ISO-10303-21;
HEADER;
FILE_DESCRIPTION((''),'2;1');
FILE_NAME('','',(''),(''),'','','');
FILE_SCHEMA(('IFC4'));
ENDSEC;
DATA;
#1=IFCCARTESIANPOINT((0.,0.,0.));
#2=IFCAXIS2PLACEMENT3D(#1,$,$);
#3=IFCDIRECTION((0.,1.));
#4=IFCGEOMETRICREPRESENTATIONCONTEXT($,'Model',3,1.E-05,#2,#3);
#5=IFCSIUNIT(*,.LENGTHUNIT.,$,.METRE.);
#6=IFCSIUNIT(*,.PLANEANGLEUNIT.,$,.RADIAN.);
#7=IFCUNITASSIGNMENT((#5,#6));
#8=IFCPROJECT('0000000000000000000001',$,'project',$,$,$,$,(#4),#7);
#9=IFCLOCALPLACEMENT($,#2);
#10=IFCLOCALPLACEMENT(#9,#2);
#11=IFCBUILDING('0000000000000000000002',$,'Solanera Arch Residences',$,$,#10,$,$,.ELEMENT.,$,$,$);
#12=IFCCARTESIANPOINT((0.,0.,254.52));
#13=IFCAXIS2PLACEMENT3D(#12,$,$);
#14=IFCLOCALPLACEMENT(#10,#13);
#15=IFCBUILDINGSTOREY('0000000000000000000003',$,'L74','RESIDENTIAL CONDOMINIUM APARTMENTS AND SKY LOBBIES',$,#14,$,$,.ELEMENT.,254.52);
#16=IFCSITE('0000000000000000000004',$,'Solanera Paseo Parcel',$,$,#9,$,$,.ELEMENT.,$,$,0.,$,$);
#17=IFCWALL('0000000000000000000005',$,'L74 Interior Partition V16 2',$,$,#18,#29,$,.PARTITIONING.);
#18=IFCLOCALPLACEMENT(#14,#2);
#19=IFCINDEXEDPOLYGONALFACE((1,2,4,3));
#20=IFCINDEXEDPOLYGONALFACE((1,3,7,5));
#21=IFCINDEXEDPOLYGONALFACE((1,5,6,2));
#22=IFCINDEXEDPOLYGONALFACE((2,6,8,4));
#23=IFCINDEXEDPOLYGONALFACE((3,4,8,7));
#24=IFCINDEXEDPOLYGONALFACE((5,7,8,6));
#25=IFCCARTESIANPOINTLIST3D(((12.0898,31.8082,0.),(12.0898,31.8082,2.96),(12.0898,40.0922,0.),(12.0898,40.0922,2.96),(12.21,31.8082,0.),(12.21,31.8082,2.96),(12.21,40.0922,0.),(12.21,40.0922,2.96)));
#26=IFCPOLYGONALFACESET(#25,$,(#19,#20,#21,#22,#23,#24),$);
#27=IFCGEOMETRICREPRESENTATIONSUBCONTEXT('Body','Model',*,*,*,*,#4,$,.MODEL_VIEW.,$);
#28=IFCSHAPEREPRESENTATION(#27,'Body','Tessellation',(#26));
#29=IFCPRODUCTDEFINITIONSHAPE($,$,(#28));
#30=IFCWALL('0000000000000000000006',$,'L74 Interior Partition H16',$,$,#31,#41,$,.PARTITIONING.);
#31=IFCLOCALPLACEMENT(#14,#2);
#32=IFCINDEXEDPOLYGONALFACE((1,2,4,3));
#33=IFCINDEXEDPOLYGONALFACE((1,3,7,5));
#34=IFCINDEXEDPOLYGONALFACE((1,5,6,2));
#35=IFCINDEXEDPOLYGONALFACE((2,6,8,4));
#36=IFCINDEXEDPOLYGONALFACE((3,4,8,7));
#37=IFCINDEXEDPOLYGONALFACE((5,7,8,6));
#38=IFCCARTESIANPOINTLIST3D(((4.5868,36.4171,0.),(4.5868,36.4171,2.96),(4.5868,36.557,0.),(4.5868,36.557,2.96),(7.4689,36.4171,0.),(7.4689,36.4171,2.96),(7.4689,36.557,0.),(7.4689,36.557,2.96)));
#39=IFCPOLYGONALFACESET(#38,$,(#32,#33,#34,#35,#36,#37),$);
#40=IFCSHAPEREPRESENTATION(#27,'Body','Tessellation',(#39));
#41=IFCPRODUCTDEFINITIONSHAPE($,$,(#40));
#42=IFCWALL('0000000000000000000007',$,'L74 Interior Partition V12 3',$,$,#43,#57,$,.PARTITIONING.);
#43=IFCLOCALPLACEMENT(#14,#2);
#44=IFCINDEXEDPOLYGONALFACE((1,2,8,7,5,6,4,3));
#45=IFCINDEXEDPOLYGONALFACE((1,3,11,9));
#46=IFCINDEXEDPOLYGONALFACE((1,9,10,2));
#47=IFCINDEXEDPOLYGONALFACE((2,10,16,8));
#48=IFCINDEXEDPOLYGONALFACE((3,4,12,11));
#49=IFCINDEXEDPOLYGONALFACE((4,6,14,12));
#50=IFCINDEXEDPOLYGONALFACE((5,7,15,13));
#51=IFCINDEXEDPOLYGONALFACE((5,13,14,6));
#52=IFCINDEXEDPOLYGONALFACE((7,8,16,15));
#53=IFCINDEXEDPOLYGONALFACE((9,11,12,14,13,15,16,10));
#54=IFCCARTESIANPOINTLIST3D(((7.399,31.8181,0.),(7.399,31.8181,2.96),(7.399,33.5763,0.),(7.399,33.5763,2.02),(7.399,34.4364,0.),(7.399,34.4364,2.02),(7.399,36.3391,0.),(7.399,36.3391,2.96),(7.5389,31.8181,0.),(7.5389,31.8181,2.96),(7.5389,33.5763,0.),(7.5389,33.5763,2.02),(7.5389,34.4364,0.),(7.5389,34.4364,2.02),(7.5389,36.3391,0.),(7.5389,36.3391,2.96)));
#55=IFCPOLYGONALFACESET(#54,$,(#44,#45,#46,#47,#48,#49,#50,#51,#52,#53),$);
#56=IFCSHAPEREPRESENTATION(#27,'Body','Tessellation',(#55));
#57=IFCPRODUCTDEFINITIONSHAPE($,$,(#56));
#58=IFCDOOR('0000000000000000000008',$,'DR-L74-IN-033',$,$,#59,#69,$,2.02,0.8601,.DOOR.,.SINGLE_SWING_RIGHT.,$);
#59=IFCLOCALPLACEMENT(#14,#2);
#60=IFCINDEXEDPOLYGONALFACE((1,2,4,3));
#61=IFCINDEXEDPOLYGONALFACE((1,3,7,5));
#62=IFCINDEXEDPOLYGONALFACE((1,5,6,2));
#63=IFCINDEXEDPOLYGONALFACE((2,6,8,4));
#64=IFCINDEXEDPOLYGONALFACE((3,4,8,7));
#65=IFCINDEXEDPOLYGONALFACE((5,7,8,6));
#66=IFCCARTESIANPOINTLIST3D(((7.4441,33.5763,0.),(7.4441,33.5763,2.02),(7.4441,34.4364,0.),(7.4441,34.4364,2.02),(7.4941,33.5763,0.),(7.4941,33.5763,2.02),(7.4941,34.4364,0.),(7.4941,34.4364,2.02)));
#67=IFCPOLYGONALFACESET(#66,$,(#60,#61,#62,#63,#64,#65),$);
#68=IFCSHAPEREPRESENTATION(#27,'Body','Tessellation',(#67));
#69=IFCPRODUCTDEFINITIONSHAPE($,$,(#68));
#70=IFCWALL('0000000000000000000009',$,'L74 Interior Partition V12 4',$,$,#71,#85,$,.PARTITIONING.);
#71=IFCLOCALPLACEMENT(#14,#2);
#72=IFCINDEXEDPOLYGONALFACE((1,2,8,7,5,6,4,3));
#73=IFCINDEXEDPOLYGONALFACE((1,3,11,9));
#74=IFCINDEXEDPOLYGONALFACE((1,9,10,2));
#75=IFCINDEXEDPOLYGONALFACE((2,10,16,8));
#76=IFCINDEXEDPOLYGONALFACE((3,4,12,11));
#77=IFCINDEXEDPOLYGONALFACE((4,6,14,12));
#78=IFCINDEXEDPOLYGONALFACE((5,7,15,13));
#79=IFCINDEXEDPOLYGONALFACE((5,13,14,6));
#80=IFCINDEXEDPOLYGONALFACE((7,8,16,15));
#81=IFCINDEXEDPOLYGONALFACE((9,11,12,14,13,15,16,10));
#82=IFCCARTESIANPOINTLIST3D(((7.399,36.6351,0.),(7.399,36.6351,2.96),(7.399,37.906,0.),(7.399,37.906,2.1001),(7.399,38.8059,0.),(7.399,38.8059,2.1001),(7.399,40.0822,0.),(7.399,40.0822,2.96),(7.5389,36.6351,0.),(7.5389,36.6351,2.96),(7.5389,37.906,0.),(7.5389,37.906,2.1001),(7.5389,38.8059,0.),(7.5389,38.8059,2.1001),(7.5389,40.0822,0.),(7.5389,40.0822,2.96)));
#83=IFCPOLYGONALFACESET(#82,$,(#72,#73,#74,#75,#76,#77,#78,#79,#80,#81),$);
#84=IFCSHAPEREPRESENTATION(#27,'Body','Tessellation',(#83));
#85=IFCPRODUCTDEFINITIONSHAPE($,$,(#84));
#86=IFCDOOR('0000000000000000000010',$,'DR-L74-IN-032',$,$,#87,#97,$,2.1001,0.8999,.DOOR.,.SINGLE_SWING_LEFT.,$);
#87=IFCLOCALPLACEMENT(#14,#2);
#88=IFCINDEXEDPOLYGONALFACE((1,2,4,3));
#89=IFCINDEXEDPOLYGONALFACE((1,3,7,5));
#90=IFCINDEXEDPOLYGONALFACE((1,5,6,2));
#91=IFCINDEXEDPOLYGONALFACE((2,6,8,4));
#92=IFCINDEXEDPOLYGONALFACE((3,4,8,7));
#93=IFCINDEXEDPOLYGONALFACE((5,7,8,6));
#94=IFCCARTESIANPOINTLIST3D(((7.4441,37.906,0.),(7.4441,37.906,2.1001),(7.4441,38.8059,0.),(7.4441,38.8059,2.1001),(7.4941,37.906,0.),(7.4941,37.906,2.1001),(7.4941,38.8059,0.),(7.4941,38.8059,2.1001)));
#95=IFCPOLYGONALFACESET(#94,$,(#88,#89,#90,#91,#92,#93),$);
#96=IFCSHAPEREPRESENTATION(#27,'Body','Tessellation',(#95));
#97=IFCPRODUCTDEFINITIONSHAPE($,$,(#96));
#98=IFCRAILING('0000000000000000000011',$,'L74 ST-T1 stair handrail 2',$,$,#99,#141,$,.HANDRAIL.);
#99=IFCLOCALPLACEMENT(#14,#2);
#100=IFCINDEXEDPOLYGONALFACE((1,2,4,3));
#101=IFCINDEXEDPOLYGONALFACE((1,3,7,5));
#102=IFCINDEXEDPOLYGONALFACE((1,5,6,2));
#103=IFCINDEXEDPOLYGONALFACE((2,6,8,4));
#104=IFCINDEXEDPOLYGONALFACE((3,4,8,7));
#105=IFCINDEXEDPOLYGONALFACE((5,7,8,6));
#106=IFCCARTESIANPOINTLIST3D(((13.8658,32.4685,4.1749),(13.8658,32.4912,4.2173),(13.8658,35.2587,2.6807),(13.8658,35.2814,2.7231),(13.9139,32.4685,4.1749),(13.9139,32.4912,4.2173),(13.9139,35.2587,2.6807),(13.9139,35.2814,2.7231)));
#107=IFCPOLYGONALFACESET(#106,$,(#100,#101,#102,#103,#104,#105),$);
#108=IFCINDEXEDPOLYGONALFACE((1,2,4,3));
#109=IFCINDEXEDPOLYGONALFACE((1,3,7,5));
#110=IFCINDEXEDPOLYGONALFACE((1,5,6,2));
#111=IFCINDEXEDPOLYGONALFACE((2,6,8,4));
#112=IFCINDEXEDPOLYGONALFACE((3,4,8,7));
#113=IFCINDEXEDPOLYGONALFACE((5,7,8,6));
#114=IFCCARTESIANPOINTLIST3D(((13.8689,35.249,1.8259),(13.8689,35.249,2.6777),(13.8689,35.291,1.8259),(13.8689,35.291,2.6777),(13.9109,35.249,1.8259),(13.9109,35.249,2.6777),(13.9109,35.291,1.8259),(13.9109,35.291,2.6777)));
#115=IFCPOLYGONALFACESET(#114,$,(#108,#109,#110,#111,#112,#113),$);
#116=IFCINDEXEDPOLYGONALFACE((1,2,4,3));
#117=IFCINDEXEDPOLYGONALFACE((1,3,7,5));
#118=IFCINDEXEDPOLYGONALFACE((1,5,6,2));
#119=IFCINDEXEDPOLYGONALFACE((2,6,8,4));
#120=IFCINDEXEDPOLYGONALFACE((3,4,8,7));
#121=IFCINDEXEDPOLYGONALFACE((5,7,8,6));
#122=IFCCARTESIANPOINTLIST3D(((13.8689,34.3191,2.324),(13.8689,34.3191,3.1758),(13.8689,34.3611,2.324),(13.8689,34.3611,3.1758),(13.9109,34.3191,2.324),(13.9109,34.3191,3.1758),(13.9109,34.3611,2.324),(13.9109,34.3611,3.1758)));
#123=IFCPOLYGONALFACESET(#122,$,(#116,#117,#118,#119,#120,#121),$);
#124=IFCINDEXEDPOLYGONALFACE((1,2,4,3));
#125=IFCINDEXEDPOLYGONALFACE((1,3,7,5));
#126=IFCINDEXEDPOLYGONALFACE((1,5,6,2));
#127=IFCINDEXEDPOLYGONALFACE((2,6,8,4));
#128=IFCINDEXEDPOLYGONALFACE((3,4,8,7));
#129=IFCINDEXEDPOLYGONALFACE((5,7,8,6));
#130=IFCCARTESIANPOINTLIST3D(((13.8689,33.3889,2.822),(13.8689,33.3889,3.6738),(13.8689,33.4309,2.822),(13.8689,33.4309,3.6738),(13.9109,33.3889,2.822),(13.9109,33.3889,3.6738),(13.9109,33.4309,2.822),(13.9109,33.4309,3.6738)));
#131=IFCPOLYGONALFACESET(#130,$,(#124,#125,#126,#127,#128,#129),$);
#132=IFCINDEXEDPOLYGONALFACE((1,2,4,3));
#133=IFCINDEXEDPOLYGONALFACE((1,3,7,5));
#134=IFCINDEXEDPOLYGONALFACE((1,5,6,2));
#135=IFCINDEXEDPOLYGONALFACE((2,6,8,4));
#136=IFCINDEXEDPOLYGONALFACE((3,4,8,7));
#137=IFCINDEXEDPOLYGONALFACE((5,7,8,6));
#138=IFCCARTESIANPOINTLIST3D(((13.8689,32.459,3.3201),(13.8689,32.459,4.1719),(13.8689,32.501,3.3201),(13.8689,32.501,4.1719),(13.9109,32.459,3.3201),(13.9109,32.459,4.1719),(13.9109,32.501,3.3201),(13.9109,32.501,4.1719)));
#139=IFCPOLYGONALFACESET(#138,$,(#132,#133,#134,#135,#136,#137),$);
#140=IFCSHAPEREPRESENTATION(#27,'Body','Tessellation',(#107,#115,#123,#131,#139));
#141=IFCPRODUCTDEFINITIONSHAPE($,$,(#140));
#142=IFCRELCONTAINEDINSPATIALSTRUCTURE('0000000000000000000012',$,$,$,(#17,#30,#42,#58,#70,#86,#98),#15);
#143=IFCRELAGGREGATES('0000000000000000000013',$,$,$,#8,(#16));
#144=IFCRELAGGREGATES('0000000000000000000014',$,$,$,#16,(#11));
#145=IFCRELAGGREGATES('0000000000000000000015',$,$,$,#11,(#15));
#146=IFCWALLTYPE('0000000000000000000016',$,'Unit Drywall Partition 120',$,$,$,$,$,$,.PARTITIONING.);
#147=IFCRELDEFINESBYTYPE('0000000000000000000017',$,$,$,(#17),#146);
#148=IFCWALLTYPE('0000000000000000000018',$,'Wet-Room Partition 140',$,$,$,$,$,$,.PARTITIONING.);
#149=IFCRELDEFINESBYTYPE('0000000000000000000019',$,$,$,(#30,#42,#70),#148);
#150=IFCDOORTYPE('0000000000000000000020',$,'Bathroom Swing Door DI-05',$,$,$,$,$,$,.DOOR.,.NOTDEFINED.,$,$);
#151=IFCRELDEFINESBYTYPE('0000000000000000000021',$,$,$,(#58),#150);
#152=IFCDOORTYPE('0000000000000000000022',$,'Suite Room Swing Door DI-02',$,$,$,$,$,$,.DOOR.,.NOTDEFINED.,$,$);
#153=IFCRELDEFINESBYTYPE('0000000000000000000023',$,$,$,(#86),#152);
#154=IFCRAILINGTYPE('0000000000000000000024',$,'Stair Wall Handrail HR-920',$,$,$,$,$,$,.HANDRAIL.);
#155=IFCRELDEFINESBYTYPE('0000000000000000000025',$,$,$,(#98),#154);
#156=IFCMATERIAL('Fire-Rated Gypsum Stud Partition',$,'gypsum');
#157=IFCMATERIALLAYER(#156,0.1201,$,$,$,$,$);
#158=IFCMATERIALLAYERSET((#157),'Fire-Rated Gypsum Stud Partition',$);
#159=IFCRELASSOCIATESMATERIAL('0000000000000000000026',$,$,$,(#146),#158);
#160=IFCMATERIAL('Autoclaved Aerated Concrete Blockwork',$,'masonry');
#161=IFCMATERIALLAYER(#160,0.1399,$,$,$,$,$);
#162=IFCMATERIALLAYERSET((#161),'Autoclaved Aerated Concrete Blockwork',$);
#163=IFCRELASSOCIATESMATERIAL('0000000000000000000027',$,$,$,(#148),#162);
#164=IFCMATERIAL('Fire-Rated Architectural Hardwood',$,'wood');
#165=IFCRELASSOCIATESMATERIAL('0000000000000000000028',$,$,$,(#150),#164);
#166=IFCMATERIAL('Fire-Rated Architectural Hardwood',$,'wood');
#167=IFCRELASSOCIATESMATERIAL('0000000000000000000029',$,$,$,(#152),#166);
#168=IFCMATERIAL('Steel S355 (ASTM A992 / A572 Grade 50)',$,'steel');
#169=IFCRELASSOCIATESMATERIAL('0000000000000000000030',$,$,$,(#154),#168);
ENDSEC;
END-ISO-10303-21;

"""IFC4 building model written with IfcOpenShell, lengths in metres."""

from ifc_helpers import new_model, si_unit, direction, frame, frame_2d, origin, origin_2d, place, context, subcontext, project, spatial, rectangle, extrude, material, layer, layer_set, type_object, element, fill, save


model = new_model("IFC4")

# Units and contexts
model_context = context("Model", 3, precision=1e-05, world=origin(), true_north=direction((0.0, 1.0)))
body_context = subcontext(model_context, "Body", "Model", "MODEL_VIEW")
ifc_project = project(units=[si_unit("LENGTHUNIT", "METRE"), si_unit("PLANEANGLEUNIT", "RADIAN")], contexts=[model_context])

# Site, building, storey
site_placement = place(None, origin())
site = spatial("IfcSite", under=ifc_project, at=site_placement, Name="Solanera Paseo Parcel", CompositionType="ELEMENT", RefElevation=0.0)
building_placement = place(site_placement, origin())
building = spatial("IfcBuilding", under=site, at=building_placement, Name="Solanera Arch Residences", CompositionType="ELEMENT")
storey_placement = place(building_placement, frame((0.0, 0.0, 254.52)))
storey = spatial("IfcBuildingStorey", under=building, at=storey_placement, Name="L74", Description="RESIDENTIAL CONDOMINIUM APARTMENTS AND SKY LOBBIES", CompositionType="ELEMENT", Elevation=254.52)

# Walls
ifc_material_1 = material(Name="Fire-Rated Gypsum Stud Partition", Category="gypsum")
ifc_layer_1 = layer(ifc_material_1, 0.1201)
ifc_layer_set_1 = layer_set([ifc_layer_1], Name="Fire-Rated Gypsum Stud Partition")
wall_type_1 = type_object("IfcWallType", Name="Unit Drywall Partition 120", PredefinedType="PARTITIONING", material=ifc_layer_set_1)
wall_1_placement = place(storey_placement, frame((12.1499, 31.8081, 0.0), z_axis=(0.0, 0.0, 1.0), x_axis=(0.0, 1.0, 0.0)))
element("IfcWall", 1, at=wall_1_placement, inside=storey, type_object=wall_type_1, Name="L74 Interior Partition V16 2", PredefinedType="PARTITIONING", context=body_context, shape_type="SweptSolid", body=[
    extrude(rectangle(XDim=8.2839, YDim=0.1201, at=frame_2d((4.1421, 0.0))), origin(), (0.0, 0.0, 1.0), 2.96),
])
ifc_material_2 = material(Name="Autoclaved Aerated Concrete Blockwork", Category="masonry")
ifc_layer_2 = layer(ifc_material_2, 0.1399)
ifc_layer_set_2 = layer_set([ifc_layer_2], Name="Autoclaved Aerated Concrete Blockwork")
wall_type_2 = type_object("IfcWallType", Name="Wet-Room Partition 140", PredefinedType="PARTITIONING", material=ifc_layer_set_2)
wall_2_placement = place(storey_placement, frame((4.5869, 36.4871, 0.0), z_axis=(0.0, 0.0, 1.0), x_axis=(1.0, 0.0, 0.0)))
element("IfcWall", 2, at=wall_2_placement, inside=storey, type_object=wall_type_2, Name="L74 Interior Partition H16", PredefinedType="PARTITIONING", context=body_context, shape_type="SweptSolid", body=[
    extrude(rectangle(XDim=2.8821, YDim=0.1399, at=frame_2d((1.4409, 0.0))), origin(), (0.0, 0.0, 1.0), 2.96),
])

# Walls, openings, doors
wall_3_placement = place(storey_placement, frame((7.469, 31.8181, 0.0), z_axis=(0.0, 0.0, 1.0), x_axis=(0.0, 1.0, 0.0)))
wall_3 = element("IfcWall", 3, at=wall_3_placement, inside=storey, type_object=wall_type_2, Name="L74 Interior Partition V12 3", PredefinedType="PARTITIONING", context=body_context, shape_type="SweptSolid", body=[
    extrude(rectangle(XDim=4.521, YDim=0.1399, at=frame_2d((2.2605, 0.0))), origin(), (0.0, 0.0, 1.0), 2.96),
])
opening_1_placement = place(wall_3_placement, frame((1.7581, 0.0, 0.0)))
opening_1 = element("IfcOpeningElement", 4, at=opening_1_placement, cuts=wall_3, PredefinedType="OPENING", context=body_context, shape_type="SweptSolid", body=[
    extrude(rectangle(XDim=0.8601, YDim=2.02, at=frame_2d((0.4302, 1.01))), frame((0.0, 0.0798, 0.0), z_axis=(0.0, -1.0, 0.0), x_axis=(1.0, 0.0, 0.0)), (0.0, 0.0, 1.0), 0.1599),
])
ifc_material_3 = material(Name="Fire-Rated Architectural Hardwood", Category="wood")
door_type_1 = type_object("IfcDoorType", Name="Bathroom Swing Door DI-05", OperationType="NOTDEFINED", PredefinedType="DOOR", material=ifc_material_3)
door_1_placement = place(opening_1_placement, origin())
door_1 = element("IfcDoor", 5, at=door_1_placement, inside=storey, type_object=door_type_1, Name="DR-L74-IN-033", OperationType="SINGLE_SWING_RIGHT", OverallHeight=2.02, OverallWidth=0.8601, PredefinedType="DOOR", context=body_context, shape_type="SweptSolid", body=[
    extrude(rectangle(XDim=0.8601, YDim=2.02, at=frame_2d((0.4302, 1.01))), frame((0.0, 0.0249, 0.0), z_axis=(0.0, -1.0, 0.0), x_axis=(1.0, 0.0, 0.0)), (0.0, 0.0, 1.0), 0.05),
])
fill(opening_1, door_1)
wall_4_placement = place(storey_placement, frame((7.469, 36.635, 0.0), z_axis=(0.0, 0.0, 1.0), x_axis=(0.0, 1.0, 0.0)))
wall_4 = element("IfcWall", 6, at=wall_4_placement, inside=storey, type_object=wall_type_2, Name="L74 Interior Partition V12 4", PredefinedType="PARTITIONING", context=body_context, shape_type="SweptSolid", body=[
    extrude(rectangle(XDim=3.447, YDim=0.1399, at=frame_2d((1.7236, 0.0))), origin(), (0.0, 0.0, 1.0), 2.96),
])
opening_2_placement = place(wall_4_placement, frame((1.271, 0.0, 0.0)))
opening_2 = element("IfcOpeningElement", 7, at=opening_2_placement, cuts=wall_4, PredefinedType="OPENING", context=body_context, shape_type="SweptSolid", body=[
    extrude(rectangle(XDim=0.8999, YDim=2.1001, at=frame_2d((0.45, 1.05))), frame((0.0, 0.0798, 0.0), z_axis=(0.0, -1.0, 0.0), x_axis=(1.0, 0.0, 0.0)), (0.0, 0.0, 1.0), 0.1599),
])
ifc_material_4 = material(Name="Fire-Rated Architectural Hardwood", Category="wood")
door_type_2 = type_object("IfcDoorType", Name="Suite Room Swing Door DI-02", OperationType="NOTDEFINED", PredefinedType="DOOR", material=ifc_material_4)
door_2_placement = place(opening_2_placement, origin())
door_2 = element("IfcDoor", 8, at=door_2_placement, inside=storey, type_object=door_type_2, Name="DR-L74-IN-032", OperationType="SINGLE_SWING_LEFT", OverallHeight=2.1001, OverallWidth=0.8999, PredefinedType="DOOR", context=body_context, shape_type="SweptSolid", body=[
    extrude(rectangle(XDim=0.8999, YDim=2.1001, at=frame_2d((0.45, 1.05))), frame((0.0, 0.0249, 0.0), z_axis=(0.0, -1.0, 0.0), x_axis=(1.0, 0.0, 0.0)), (0.0, 0.0, 1.0), 0.05),
])
fill(opening_2, door_2)

# Railing
ifc_material_5 = material(Name="Steel S355 (ASTM A992 / A572 Grade 50)", Category="steel")
railing_type = type_object("IfcRailingType", Name="Stair Wall Handrail HR-920", PredefinedType="HANDRAIL", material=ifc_material_5)
railing_placement = place(storey_placement, frame((13.8899, 35.27, 1.8259)))
element("IfcRailing", 9, at=railing_placement, inside=storey, type_object=railing_type, Name="L74 ST-T1 stair handrail 2", PredefinedType="HANDRAIL", context=body_context, shape_type="SweptSolid", body=[
    extrude(rectangle(XDim=0.0481, YDim=0.0481, at=origin_2d()), frame((0.0, 0.0, 0.876), z_axis=(0.0, -0.881549, 0.472093), x_axis=(1.0, 0.0, 0.0)), (0.0, 0.0, 1.0), 3.165),
    extrude(rectangle(XDim=0.042, YDim=0.042, at=origin_2d()), origin(), (0.0, 0.0, 1.0), 0.8518),
    extrude(rectangle(XDim=0.042, YDim=0.042, at=origin_2d()), frame((0.0, -0.9299, 0.498)), (0.0, 0.0, 1.0), 0.8518),
    extrude(rectangle(XDim=0.042, YDim=0.042, at=origin_2d()), frame((0.0, -1.8601, 0.9961)), (0.0, 0.0, 1.0), 0.8518),
    extrude(rectangle(XDim=0.042, YDim=0.042, at=origin_2d()), frame((0.0, -2.79, 1.4941)), (0.0, 0.0, 1.0), 0.8518),
])

save(model, "model.ifc")
